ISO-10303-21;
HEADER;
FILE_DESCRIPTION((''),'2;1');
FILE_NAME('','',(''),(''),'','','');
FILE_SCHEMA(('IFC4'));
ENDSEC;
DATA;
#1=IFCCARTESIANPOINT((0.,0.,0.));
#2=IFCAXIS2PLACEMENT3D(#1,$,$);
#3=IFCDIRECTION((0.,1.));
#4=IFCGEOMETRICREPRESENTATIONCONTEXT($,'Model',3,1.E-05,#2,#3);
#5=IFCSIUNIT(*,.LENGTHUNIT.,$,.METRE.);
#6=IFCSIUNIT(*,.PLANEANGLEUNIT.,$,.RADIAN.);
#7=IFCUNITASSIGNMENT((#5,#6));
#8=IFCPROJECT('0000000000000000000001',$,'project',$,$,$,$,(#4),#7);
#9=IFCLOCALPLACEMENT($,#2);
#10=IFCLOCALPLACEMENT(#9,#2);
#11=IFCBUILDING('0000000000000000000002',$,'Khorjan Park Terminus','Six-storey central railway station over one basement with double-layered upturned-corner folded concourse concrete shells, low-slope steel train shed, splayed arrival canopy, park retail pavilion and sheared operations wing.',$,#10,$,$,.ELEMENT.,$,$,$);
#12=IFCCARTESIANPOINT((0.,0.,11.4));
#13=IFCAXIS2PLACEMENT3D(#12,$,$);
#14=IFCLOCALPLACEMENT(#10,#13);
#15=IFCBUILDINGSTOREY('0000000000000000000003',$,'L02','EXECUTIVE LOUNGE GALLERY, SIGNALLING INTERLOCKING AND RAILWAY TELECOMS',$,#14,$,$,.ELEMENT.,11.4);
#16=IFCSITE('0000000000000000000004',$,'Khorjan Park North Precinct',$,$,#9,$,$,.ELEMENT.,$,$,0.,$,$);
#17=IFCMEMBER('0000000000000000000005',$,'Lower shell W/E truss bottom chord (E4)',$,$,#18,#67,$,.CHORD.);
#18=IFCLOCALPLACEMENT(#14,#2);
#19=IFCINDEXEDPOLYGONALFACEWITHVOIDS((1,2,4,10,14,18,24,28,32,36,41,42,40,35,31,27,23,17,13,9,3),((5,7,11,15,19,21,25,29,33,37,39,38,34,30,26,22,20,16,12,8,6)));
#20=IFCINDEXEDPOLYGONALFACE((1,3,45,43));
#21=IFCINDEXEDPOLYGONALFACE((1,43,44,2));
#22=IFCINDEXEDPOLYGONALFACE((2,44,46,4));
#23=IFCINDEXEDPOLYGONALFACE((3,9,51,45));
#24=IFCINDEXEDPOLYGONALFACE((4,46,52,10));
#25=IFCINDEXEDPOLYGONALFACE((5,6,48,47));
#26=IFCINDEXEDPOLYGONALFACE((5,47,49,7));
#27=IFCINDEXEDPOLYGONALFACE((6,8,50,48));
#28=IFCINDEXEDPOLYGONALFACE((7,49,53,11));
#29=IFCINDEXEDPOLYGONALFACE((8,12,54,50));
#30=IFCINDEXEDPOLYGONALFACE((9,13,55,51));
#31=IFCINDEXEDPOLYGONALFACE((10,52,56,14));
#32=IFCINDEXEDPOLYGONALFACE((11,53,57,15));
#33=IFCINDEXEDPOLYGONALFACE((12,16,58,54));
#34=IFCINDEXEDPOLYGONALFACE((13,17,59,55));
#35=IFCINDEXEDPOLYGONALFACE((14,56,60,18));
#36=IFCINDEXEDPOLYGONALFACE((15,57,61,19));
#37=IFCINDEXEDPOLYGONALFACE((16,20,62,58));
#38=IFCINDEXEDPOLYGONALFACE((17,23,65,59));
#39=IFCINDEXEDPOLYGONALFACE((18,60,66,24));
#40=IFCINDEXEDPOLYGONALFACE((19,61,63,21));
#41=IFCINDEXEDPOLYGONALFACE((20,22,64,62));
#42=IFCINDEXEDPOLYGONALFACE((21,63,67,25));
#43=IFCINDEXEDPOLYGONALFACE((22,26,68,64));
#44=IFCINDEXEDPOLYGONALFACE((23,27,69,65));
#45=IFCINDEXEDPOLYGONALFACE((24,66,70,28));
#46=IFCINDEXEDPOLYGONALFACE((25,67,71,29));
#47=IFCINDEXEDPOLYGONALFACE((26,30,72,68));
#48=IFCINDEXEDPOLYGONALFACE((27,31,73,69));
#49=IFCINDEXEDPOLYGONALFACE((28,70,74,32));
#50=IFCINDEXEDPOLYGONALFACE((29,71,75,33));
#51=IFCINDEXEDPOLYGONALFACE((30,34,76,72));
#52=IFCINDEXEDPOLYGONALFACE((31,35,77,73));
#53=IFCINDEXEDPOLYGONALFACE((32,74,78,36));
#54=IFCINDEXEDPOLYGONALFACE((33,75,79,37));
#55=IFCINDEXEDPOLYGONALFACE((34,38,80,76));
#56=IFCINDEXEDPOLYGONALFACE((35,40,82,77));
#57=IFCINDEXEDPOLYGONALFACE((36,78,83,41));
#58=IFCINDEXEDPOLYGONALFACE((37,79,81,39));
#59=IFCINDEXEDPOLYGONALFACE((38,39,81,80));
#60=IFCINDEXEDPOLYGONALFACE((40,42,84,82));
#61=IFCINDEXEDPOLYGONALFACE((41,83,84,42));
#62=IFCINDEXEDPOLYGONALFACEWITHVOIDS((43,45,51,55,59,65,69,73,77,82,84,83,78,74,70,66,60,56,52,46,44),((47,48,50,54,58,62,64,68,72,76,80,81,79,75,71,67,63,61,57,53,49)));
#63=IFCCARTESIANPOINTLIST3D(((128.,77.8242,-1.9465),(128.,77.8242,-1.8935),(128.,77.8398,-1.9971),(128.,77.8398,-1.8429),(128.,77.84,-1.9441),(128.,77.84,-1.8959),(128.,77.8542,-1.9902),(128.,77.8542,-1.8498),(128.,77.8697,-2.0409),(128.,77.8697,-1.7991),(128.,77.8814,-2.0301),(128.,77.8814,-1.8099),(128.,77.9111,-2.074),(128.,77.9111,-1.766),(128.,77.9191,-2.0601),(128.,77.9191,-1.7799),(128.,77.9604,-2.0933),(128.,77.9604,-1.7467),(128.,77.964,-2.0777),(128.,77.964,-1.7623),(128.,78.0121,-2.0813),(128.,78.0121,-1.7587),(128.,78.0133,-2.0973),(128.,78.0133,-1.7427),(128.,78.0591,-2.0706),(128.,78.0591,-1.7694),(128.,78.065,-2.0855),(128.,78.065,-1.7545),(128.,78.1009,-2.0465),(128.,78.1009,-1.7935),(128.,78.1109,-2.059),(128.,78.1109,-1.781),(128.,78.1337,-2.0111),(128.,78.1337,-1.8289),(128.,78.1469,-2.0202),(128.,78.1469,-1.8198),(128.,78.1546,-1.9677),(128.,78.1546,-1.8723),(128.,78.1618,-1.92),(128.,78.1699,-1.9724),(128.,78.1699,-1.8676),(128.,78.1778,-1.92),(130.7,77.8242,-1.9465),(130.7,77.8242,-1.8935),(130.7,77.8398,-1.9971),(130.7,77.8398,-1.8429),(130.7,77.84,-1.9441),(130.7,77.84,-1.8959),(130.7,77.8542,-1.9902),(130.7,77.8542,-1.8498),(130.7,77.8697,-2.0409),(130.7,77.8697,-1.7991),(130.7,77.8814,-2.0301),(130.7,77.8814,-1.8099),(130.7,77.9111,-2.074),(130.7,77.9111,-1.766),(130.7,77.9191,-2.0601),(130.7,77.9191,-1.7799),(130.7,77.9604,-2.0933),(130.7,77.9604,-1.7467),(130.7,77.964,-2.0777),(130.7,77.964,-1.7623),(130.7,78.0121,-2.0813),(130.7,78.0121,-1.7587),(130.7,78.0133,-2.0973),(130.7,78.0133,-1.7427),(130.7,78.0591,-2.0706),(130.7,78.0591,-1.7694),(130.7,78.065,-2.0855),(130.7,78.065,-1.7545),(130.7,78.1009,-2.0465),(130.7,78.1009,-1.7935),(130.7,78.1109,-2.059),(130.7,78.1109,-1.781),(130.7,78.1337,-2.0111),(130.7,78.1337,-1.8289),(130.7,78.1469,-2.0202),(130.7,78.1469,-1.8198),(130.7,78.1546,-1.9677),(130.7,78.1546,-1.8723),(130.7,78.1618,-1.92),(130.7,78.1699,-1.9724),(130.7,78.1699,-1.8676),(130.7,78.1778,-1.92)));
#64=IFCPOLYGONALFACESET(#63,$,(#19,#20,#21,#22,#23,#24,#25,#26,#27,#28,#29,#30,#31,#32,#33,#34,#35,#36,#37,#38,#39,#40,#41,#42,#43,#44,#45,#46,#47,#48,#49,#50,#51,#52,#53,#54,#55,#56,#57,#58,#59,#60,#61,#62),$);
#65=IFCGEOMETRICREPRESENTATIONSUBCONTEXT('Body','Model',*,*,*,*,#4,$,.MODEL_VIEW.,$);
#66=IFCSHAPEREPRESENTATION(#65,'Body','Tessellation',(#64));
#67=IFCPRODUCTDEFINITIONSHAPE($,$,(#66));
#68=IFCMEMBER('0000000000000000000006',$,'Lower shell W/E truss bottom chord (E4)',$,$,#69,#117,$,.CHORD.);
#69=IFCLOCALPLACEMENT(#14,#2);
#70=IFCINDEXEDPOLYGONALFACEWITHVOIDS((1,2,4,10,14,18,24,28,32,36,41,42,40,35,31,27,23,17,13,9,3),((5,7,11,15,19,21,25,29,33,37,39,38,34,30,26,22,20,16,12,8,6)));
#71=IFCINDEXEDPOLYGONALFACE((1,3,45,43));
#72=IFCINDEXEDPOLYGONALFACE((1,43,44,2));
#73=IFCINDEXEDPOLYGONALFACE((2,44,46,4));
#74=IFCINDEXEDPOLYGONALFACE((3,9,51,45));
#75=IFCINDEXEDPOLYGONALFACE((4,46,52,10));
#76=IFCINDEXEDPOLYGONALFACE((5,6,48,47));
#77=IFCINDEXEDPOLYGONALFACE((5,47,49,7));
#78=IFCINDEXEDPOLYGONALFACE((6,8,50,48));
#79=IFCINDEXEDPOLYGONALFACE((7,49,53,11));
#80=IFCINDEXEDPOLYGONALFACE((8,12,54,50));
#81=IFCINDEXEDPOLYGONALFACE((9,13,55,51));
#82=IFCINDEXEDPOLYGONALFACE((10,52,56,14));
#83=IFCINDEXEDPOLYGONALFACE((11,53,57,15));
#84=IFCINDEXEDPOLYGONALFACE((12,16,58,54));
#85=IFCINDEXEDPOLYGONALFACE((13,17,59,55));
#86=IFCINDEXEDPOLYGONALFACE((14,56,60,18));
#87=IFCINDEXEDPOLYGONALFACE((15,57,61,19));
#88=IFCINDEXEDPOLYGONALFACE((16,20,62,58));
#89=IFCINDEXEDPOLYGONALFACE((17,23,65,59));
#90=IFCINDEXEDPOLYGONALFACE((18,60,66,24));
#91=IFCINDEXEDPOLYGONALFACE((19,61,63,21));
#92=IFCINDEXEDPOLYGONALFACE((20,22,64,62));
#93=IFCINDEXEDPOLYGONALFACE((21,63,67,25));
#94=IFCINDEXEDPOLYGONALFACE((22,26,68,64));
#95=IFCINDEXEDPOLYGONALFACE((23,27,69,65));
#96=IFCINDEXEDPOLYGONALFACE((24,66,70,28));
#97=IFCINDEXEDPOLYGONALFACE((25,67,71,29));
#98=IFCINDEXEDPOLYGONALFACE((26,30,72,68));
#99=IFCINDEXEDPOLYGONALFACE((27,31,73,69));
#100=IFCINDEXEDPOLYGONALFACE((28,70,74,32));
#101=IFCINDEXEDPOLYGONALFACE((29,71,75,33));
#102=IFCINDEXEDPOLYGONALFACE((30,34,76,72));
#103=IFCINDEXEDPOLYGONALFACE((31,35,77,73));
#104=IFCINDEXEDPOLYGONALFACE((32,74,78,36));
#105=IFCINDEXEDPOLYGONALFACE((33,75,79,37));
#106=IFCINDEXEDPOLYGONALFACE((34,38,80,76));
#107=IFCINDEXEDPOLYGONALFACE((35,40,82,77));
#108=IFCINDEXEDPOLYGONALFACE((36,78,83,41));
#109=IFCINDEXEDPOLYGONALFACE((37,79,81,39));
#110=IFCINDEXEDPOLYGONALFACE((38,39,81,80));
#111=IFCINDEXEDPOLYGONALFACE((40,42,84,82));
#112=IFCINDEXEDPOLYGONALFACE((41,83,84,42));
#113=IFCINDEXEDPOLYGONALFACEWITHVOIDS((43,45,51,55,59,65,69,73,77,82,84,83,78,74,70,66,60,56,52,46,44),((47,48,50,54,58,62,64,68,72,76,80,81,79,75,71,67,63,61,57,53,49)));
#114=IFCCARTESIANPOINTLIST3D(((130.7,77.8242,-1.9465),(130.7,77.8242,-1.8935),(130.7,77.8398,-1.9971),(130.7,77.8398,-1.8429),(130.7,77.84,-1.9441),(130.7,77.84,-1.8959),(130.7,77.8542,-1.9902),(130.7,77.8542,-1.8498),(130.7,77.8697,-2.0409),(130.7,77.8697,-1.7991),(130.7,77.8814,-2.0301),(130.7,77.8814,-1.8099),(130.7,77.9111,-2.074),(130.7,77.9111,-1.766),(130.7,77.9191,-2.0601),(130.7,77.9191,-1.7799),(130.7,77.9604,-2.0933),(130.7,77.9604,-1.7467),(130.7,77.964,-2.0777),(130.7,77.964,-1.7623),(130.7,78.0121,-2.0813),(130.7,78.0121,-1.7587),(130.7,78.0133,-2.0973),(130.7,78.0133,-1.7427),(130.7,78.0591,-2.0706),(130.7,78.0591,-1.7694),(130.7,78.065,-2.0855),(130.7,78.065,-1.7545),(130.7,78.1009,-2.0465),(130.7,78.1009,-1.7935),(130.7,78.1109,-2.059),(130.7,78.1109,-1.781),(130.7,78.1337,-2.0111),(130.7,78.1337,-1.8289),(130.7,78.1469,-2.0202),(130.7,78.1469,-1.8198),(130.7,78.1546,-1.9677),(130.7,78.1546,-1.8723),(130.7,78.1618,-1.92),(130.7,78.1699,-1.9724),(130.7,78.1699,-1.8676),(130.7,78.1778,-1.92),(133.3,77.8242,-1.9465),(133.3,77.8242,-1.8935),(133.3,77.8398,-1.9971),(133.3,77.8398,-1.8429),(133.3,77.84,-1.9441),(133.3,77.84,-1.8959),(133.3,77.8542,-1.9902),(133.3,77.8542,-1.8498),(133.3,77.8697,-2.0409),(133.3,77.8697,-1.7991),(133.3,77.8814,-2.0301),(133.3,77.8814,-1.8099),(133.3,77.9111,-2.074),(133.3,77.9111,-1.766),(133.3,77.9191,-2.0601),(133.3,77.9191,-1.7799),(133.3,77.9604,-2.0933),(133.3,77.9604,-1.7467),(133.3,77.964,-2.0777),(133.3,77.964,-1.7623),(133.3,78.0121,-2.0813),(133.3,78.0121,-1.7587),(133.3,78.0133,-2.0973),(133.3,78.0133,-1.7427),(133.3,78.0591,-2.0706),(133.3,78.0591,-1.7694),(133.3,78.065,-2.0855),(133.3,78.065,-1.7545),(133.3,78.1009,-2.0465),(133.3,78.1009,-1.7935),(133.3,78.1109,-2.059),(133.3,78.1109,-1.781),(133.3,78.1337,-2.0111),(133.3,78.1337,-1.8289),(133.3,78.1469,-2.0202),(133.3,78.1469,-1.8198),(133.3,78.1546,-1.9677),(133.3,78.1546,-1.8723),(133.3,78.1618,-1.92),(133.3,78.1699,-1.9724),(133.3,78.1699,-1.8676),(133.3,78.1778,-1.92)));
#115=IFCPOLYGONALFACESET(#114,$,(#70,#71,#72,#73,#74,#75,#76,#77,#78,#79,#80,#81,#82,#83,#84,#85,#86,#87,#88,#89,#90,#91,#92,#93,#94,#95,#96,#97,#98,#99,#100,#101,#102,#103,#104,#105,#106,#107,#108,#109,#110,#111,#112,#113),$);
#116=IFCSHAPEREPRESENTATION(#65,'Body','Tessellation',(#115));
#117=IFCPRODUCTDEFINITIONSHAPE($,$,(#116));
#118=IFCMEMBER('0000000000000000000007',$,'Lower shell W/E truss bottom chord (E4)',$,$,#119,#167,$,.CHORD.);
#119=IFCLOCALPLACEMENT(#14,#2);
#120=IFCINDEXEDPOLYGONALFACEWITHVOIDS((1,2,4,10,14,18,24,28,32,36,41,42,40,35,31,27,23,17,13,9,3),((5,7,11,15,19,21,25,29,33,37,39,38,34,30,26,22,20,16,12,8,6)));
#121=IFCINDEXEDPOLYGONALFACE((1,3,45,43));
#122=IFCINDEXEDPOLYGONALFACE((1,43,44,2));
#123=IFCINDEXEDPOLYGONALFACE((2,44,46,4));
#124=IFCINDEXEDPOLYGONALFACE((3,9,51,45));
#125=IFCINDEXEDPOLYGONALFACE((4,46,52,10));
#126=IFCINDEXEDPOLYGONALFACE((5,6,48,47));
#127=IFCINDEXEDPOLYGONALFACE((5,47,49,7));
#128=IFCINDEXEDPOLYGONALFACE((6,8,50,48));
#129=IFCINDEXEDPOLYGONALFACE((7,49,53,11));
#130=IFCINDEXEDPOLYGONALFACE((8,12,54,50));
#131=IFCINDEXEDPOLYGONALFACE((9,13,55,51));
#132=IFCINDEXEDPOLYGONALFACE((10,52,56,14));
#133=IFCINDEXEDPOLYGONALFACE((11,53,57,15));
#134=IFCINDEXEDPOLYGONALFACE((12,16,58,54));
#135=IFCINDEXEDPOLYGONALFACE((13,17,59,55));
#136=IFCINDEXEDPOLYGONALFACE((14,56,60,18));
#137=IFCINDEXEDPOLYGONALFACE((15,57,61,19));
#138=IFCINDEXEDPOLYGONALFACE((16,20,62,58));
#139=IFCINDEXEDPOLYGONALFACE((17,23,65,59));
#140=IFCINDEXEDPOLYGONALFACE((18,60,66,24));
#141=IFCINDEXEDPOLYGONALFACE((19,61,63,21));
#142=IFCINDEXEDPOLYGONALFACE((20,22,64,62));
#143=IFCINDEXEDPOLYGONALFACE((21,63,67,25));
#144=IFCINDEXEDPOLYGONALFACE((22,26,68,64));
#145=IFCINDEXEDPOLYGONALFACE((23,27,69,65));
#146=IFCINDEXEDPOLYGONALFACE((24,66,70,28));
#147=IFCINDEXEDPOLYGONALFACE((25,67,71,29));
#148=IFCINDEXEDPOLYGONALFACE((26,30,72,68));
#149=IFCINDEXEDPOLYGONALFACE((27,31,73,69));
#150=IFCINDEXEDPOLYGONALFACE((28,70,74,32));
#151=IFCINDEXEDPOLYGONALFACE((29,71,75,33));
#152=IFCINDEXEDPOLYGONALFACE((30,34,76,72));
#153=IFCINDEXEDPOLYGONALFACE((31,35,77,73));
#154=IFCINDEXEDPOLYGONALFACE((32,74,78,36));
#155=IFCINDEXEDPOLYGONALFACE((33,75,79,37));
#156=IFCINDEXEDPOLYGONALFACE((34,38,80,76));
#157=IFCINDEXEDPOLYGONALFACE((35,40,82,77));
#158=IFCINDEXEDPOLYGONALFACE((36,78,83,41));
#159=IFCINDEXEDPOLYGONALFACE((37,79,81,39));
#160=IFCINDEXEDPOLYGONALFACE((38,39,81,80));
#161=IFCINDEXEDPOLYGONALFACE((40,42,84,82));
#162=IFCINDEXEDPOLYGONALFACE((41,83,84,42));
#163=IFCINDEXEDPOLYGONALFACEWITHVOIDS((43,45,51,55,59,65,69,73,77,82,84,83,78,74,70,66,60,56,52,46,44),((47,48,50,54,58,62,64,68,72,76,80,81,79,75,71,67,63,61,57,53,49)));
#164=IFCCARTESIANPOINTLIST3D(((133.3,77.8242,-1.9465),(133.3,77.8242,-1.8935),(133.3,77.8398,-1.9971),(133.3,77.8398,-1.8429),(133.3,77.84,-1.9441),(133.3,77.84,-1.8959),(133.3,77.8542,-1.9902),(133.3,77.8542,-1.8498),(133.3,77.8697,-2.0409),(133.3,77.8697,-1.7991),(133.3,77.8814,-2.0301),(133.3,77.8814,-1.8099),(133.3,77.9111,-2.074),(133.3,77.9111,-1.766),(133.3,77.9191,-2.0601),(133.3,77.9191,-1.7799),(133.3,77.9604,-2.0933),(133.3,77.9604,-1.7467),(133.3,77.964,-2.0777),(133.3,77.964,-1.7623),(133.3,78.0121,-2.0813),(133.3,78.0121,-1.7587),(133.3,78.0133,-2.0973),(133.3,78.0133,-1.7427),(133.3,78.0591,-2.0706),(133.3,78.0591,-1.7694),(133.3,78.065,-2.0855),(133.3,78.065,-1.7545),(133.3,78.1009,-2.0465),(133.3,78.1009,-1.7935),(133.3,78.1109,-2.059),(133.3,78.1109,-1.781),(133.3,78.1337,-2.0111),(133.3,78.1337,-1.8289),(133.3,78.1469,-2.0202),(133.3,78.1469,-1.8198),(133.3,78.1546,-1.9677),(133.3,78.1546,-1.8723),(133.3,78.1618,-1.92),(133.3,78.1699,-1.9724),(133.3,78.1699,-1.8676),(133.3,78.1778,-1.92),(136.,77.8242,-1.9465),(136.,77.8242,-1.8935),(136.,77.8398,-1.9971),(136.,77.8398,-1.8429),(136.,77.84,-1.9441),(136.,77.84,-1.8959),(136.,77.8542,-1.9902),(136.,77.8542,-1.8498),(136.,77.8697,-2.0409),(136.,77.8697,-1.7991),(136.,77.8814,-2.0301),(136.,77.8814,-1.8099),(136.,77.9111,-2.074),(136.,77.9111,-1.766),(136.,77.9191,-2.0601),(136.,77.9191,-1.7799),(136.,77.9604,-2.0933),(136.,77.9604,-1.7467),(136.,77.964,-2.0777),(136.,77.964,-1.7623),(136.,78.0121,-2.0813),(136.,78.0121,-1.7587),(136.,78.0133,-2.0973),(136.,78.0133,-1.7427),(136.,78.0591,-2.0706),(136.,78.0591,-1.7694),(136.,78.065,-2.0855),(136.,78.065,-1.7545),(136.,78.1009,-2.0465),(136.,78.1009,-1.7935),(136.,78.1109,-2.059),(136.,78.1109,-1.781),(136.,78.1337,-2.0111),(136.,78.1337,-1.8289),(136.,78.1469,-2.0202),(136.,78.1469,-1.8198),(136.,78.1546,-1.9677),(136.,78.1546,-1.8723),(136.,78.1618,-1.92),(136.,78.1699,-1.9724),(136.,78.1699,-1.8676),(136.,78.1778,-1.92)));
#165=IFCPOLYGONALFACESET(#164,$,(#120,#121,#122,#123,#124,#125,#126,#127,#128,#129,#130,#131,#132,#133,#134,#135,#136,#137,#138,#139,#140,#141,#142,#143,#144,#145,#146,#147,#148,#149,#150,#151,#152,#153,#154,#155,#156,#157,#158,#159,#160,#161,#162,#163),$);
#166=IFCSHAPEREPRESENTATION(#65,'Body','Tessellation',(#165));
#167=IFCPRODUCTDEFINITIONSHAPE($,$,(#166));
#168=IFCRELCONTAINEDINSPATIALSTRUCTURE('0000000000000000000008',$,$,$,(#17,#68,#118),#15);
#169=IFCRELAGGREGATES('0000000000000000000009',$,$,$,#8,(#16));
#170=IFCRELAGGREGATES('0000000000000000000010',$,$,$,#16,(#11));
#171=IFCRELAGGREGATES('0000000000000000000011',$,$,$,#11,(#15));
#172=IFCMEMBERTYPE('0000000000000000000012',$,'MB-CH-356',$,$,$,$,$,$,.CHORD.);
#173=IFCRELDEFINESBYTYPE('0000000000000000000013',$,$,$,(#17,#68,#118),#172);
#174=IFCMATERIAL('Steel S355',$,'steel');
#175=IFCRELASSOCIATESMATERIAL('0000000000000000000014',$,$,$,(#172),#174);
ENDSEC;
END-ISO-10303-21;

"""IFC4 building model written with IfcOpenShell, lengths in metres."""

from ifc_helpers import new_model, si_unit, direction, frame, origin, origin_2d, place, context, subcontext, project, spatial, hollow_circle, extrude, material, material_profile, profile_set, type_object, element, save


model = new_model("IFC4")

# Units and contexts
model_context = context("Model", 3, precision=1e-05, world=origin(), true_north=direction((0.0, 1.0)))
body_context = subcontext(model_context, "Body", "Model", "MODEL_VIEW")
ifc_project = project(units=[si_unit("LENGTHUNIT", "METRE"), si_unit("PLANEANGLEUNIT", "RADIAN")], contexts=[model_context])

# Site, building, storey
site_placement = place(None, origin())
site = spatial("IfcSite", under=ifc_project, at=site_placement, Name="Khorjan Park North Precinct", CompositionType="ELEMENT", RefElevation=0.0)
building_placement = place(site_placement, origin())
building = spatial("IfcBuilding", under=site, at=building_placement, Name="Khorjan Park Terminus", Description="Six-storey central railway station over one basement with double-layered upturned-corner folded concourse concrete shells, low-slope steel train shed, splayed arrival canopy, park retail pavilion and sheared operations wing.", CompositionType="ELEMENT")
storey_placement = place(building_placement, frame((0.0, 0.0, 11.4)))
storey = spatial("IfcBuildingStorey", under=building, at=storey_placement, Name="L02", Description="EXECUTIVE LOUNGE GALLERY, SIGNALLING INTERLOCKING AND RAILWAY TELECOMS", CompositionType="ELEMENT", Elevation=11.4)

# Shared definitions
ifc_material_1 = material(Name="Steel S355", Category="steel")

# Members
ifc_material_profile_1 = material_profile(ifc_material_1, hollow_circle(Radius=0.1778, WallThickness=0.016, at=origin_2d()), Name="CHS 355.6x16")
ifc_profile_set_1 = profile_set([ifc_material_profile_1], Name="Steel S355")
member_type_1 = type_object("IfcMemberType", Name="MB-CH-356", PredefinedType="CHORD", material=ifc_profile_set_1)
member_1_placement = place(storey_placement, frame((128.0, 78.0, -1.92), z_axis=(1.0, 0.0, 0.0), x_axis=(0.0, 1.0, 0.0)))
element("IfcMember", 1, at=member_1_placement, inside=storey, type_object=member_type_1, Name="Lower shell W/E truss bottom chord (E4)", PredefinedType="CHORD", context=body_context, shape_type="SweptSolid", body=[
    extrude(hollow_circle(Radius=0.1778, WallThickness=0.016, at=origin_2d()), origin(), (0.0, 0.0, 1.0), 2.7),
])
member_2_placement = place(storey_placement, frame((130.7, 78.0, -1.92), z_axis=(1.0, 0.0, 0.0), x_axis=(0.0, 1.0, 0.0)))
element("IfcMember", 2, at=member_2_placement, inside=storey, type_object=member_type_1, Name="Lower shell W/E truss bottom chord (E4)", PredefinedType="CHORD", context=body_context, shape_type="SweptSolid", body=[
    extrude(hollow_circle(Radius=0.1778, WallThickness=0.016, at=origin_2d()), origin(), (0.0, 0.0, 1.0), 2.6),
])
member_3_placement = place(storey_placement, frame((133.3, 78.0, -1.92), z_axis=(1.0, 0.0, 0.0), x_axis=(0.0, 1.0, 0.0)))
element("IfcMember", 3, at=member_3_placement, inside=storey, type_object=member_type_1, Name="Lower shell W/E truss bottom chord (E4)", PredefinedType="CHORD", context=body_context, shape_type="SweptSolid", body=[
    extrude(hollow_circle(Radius=0.1778, WallThickness=0.016, at=origin_2d()), origin(), (0.0, 0.0, 1.0), 2.7),
])

save(model, "model.ifc")
